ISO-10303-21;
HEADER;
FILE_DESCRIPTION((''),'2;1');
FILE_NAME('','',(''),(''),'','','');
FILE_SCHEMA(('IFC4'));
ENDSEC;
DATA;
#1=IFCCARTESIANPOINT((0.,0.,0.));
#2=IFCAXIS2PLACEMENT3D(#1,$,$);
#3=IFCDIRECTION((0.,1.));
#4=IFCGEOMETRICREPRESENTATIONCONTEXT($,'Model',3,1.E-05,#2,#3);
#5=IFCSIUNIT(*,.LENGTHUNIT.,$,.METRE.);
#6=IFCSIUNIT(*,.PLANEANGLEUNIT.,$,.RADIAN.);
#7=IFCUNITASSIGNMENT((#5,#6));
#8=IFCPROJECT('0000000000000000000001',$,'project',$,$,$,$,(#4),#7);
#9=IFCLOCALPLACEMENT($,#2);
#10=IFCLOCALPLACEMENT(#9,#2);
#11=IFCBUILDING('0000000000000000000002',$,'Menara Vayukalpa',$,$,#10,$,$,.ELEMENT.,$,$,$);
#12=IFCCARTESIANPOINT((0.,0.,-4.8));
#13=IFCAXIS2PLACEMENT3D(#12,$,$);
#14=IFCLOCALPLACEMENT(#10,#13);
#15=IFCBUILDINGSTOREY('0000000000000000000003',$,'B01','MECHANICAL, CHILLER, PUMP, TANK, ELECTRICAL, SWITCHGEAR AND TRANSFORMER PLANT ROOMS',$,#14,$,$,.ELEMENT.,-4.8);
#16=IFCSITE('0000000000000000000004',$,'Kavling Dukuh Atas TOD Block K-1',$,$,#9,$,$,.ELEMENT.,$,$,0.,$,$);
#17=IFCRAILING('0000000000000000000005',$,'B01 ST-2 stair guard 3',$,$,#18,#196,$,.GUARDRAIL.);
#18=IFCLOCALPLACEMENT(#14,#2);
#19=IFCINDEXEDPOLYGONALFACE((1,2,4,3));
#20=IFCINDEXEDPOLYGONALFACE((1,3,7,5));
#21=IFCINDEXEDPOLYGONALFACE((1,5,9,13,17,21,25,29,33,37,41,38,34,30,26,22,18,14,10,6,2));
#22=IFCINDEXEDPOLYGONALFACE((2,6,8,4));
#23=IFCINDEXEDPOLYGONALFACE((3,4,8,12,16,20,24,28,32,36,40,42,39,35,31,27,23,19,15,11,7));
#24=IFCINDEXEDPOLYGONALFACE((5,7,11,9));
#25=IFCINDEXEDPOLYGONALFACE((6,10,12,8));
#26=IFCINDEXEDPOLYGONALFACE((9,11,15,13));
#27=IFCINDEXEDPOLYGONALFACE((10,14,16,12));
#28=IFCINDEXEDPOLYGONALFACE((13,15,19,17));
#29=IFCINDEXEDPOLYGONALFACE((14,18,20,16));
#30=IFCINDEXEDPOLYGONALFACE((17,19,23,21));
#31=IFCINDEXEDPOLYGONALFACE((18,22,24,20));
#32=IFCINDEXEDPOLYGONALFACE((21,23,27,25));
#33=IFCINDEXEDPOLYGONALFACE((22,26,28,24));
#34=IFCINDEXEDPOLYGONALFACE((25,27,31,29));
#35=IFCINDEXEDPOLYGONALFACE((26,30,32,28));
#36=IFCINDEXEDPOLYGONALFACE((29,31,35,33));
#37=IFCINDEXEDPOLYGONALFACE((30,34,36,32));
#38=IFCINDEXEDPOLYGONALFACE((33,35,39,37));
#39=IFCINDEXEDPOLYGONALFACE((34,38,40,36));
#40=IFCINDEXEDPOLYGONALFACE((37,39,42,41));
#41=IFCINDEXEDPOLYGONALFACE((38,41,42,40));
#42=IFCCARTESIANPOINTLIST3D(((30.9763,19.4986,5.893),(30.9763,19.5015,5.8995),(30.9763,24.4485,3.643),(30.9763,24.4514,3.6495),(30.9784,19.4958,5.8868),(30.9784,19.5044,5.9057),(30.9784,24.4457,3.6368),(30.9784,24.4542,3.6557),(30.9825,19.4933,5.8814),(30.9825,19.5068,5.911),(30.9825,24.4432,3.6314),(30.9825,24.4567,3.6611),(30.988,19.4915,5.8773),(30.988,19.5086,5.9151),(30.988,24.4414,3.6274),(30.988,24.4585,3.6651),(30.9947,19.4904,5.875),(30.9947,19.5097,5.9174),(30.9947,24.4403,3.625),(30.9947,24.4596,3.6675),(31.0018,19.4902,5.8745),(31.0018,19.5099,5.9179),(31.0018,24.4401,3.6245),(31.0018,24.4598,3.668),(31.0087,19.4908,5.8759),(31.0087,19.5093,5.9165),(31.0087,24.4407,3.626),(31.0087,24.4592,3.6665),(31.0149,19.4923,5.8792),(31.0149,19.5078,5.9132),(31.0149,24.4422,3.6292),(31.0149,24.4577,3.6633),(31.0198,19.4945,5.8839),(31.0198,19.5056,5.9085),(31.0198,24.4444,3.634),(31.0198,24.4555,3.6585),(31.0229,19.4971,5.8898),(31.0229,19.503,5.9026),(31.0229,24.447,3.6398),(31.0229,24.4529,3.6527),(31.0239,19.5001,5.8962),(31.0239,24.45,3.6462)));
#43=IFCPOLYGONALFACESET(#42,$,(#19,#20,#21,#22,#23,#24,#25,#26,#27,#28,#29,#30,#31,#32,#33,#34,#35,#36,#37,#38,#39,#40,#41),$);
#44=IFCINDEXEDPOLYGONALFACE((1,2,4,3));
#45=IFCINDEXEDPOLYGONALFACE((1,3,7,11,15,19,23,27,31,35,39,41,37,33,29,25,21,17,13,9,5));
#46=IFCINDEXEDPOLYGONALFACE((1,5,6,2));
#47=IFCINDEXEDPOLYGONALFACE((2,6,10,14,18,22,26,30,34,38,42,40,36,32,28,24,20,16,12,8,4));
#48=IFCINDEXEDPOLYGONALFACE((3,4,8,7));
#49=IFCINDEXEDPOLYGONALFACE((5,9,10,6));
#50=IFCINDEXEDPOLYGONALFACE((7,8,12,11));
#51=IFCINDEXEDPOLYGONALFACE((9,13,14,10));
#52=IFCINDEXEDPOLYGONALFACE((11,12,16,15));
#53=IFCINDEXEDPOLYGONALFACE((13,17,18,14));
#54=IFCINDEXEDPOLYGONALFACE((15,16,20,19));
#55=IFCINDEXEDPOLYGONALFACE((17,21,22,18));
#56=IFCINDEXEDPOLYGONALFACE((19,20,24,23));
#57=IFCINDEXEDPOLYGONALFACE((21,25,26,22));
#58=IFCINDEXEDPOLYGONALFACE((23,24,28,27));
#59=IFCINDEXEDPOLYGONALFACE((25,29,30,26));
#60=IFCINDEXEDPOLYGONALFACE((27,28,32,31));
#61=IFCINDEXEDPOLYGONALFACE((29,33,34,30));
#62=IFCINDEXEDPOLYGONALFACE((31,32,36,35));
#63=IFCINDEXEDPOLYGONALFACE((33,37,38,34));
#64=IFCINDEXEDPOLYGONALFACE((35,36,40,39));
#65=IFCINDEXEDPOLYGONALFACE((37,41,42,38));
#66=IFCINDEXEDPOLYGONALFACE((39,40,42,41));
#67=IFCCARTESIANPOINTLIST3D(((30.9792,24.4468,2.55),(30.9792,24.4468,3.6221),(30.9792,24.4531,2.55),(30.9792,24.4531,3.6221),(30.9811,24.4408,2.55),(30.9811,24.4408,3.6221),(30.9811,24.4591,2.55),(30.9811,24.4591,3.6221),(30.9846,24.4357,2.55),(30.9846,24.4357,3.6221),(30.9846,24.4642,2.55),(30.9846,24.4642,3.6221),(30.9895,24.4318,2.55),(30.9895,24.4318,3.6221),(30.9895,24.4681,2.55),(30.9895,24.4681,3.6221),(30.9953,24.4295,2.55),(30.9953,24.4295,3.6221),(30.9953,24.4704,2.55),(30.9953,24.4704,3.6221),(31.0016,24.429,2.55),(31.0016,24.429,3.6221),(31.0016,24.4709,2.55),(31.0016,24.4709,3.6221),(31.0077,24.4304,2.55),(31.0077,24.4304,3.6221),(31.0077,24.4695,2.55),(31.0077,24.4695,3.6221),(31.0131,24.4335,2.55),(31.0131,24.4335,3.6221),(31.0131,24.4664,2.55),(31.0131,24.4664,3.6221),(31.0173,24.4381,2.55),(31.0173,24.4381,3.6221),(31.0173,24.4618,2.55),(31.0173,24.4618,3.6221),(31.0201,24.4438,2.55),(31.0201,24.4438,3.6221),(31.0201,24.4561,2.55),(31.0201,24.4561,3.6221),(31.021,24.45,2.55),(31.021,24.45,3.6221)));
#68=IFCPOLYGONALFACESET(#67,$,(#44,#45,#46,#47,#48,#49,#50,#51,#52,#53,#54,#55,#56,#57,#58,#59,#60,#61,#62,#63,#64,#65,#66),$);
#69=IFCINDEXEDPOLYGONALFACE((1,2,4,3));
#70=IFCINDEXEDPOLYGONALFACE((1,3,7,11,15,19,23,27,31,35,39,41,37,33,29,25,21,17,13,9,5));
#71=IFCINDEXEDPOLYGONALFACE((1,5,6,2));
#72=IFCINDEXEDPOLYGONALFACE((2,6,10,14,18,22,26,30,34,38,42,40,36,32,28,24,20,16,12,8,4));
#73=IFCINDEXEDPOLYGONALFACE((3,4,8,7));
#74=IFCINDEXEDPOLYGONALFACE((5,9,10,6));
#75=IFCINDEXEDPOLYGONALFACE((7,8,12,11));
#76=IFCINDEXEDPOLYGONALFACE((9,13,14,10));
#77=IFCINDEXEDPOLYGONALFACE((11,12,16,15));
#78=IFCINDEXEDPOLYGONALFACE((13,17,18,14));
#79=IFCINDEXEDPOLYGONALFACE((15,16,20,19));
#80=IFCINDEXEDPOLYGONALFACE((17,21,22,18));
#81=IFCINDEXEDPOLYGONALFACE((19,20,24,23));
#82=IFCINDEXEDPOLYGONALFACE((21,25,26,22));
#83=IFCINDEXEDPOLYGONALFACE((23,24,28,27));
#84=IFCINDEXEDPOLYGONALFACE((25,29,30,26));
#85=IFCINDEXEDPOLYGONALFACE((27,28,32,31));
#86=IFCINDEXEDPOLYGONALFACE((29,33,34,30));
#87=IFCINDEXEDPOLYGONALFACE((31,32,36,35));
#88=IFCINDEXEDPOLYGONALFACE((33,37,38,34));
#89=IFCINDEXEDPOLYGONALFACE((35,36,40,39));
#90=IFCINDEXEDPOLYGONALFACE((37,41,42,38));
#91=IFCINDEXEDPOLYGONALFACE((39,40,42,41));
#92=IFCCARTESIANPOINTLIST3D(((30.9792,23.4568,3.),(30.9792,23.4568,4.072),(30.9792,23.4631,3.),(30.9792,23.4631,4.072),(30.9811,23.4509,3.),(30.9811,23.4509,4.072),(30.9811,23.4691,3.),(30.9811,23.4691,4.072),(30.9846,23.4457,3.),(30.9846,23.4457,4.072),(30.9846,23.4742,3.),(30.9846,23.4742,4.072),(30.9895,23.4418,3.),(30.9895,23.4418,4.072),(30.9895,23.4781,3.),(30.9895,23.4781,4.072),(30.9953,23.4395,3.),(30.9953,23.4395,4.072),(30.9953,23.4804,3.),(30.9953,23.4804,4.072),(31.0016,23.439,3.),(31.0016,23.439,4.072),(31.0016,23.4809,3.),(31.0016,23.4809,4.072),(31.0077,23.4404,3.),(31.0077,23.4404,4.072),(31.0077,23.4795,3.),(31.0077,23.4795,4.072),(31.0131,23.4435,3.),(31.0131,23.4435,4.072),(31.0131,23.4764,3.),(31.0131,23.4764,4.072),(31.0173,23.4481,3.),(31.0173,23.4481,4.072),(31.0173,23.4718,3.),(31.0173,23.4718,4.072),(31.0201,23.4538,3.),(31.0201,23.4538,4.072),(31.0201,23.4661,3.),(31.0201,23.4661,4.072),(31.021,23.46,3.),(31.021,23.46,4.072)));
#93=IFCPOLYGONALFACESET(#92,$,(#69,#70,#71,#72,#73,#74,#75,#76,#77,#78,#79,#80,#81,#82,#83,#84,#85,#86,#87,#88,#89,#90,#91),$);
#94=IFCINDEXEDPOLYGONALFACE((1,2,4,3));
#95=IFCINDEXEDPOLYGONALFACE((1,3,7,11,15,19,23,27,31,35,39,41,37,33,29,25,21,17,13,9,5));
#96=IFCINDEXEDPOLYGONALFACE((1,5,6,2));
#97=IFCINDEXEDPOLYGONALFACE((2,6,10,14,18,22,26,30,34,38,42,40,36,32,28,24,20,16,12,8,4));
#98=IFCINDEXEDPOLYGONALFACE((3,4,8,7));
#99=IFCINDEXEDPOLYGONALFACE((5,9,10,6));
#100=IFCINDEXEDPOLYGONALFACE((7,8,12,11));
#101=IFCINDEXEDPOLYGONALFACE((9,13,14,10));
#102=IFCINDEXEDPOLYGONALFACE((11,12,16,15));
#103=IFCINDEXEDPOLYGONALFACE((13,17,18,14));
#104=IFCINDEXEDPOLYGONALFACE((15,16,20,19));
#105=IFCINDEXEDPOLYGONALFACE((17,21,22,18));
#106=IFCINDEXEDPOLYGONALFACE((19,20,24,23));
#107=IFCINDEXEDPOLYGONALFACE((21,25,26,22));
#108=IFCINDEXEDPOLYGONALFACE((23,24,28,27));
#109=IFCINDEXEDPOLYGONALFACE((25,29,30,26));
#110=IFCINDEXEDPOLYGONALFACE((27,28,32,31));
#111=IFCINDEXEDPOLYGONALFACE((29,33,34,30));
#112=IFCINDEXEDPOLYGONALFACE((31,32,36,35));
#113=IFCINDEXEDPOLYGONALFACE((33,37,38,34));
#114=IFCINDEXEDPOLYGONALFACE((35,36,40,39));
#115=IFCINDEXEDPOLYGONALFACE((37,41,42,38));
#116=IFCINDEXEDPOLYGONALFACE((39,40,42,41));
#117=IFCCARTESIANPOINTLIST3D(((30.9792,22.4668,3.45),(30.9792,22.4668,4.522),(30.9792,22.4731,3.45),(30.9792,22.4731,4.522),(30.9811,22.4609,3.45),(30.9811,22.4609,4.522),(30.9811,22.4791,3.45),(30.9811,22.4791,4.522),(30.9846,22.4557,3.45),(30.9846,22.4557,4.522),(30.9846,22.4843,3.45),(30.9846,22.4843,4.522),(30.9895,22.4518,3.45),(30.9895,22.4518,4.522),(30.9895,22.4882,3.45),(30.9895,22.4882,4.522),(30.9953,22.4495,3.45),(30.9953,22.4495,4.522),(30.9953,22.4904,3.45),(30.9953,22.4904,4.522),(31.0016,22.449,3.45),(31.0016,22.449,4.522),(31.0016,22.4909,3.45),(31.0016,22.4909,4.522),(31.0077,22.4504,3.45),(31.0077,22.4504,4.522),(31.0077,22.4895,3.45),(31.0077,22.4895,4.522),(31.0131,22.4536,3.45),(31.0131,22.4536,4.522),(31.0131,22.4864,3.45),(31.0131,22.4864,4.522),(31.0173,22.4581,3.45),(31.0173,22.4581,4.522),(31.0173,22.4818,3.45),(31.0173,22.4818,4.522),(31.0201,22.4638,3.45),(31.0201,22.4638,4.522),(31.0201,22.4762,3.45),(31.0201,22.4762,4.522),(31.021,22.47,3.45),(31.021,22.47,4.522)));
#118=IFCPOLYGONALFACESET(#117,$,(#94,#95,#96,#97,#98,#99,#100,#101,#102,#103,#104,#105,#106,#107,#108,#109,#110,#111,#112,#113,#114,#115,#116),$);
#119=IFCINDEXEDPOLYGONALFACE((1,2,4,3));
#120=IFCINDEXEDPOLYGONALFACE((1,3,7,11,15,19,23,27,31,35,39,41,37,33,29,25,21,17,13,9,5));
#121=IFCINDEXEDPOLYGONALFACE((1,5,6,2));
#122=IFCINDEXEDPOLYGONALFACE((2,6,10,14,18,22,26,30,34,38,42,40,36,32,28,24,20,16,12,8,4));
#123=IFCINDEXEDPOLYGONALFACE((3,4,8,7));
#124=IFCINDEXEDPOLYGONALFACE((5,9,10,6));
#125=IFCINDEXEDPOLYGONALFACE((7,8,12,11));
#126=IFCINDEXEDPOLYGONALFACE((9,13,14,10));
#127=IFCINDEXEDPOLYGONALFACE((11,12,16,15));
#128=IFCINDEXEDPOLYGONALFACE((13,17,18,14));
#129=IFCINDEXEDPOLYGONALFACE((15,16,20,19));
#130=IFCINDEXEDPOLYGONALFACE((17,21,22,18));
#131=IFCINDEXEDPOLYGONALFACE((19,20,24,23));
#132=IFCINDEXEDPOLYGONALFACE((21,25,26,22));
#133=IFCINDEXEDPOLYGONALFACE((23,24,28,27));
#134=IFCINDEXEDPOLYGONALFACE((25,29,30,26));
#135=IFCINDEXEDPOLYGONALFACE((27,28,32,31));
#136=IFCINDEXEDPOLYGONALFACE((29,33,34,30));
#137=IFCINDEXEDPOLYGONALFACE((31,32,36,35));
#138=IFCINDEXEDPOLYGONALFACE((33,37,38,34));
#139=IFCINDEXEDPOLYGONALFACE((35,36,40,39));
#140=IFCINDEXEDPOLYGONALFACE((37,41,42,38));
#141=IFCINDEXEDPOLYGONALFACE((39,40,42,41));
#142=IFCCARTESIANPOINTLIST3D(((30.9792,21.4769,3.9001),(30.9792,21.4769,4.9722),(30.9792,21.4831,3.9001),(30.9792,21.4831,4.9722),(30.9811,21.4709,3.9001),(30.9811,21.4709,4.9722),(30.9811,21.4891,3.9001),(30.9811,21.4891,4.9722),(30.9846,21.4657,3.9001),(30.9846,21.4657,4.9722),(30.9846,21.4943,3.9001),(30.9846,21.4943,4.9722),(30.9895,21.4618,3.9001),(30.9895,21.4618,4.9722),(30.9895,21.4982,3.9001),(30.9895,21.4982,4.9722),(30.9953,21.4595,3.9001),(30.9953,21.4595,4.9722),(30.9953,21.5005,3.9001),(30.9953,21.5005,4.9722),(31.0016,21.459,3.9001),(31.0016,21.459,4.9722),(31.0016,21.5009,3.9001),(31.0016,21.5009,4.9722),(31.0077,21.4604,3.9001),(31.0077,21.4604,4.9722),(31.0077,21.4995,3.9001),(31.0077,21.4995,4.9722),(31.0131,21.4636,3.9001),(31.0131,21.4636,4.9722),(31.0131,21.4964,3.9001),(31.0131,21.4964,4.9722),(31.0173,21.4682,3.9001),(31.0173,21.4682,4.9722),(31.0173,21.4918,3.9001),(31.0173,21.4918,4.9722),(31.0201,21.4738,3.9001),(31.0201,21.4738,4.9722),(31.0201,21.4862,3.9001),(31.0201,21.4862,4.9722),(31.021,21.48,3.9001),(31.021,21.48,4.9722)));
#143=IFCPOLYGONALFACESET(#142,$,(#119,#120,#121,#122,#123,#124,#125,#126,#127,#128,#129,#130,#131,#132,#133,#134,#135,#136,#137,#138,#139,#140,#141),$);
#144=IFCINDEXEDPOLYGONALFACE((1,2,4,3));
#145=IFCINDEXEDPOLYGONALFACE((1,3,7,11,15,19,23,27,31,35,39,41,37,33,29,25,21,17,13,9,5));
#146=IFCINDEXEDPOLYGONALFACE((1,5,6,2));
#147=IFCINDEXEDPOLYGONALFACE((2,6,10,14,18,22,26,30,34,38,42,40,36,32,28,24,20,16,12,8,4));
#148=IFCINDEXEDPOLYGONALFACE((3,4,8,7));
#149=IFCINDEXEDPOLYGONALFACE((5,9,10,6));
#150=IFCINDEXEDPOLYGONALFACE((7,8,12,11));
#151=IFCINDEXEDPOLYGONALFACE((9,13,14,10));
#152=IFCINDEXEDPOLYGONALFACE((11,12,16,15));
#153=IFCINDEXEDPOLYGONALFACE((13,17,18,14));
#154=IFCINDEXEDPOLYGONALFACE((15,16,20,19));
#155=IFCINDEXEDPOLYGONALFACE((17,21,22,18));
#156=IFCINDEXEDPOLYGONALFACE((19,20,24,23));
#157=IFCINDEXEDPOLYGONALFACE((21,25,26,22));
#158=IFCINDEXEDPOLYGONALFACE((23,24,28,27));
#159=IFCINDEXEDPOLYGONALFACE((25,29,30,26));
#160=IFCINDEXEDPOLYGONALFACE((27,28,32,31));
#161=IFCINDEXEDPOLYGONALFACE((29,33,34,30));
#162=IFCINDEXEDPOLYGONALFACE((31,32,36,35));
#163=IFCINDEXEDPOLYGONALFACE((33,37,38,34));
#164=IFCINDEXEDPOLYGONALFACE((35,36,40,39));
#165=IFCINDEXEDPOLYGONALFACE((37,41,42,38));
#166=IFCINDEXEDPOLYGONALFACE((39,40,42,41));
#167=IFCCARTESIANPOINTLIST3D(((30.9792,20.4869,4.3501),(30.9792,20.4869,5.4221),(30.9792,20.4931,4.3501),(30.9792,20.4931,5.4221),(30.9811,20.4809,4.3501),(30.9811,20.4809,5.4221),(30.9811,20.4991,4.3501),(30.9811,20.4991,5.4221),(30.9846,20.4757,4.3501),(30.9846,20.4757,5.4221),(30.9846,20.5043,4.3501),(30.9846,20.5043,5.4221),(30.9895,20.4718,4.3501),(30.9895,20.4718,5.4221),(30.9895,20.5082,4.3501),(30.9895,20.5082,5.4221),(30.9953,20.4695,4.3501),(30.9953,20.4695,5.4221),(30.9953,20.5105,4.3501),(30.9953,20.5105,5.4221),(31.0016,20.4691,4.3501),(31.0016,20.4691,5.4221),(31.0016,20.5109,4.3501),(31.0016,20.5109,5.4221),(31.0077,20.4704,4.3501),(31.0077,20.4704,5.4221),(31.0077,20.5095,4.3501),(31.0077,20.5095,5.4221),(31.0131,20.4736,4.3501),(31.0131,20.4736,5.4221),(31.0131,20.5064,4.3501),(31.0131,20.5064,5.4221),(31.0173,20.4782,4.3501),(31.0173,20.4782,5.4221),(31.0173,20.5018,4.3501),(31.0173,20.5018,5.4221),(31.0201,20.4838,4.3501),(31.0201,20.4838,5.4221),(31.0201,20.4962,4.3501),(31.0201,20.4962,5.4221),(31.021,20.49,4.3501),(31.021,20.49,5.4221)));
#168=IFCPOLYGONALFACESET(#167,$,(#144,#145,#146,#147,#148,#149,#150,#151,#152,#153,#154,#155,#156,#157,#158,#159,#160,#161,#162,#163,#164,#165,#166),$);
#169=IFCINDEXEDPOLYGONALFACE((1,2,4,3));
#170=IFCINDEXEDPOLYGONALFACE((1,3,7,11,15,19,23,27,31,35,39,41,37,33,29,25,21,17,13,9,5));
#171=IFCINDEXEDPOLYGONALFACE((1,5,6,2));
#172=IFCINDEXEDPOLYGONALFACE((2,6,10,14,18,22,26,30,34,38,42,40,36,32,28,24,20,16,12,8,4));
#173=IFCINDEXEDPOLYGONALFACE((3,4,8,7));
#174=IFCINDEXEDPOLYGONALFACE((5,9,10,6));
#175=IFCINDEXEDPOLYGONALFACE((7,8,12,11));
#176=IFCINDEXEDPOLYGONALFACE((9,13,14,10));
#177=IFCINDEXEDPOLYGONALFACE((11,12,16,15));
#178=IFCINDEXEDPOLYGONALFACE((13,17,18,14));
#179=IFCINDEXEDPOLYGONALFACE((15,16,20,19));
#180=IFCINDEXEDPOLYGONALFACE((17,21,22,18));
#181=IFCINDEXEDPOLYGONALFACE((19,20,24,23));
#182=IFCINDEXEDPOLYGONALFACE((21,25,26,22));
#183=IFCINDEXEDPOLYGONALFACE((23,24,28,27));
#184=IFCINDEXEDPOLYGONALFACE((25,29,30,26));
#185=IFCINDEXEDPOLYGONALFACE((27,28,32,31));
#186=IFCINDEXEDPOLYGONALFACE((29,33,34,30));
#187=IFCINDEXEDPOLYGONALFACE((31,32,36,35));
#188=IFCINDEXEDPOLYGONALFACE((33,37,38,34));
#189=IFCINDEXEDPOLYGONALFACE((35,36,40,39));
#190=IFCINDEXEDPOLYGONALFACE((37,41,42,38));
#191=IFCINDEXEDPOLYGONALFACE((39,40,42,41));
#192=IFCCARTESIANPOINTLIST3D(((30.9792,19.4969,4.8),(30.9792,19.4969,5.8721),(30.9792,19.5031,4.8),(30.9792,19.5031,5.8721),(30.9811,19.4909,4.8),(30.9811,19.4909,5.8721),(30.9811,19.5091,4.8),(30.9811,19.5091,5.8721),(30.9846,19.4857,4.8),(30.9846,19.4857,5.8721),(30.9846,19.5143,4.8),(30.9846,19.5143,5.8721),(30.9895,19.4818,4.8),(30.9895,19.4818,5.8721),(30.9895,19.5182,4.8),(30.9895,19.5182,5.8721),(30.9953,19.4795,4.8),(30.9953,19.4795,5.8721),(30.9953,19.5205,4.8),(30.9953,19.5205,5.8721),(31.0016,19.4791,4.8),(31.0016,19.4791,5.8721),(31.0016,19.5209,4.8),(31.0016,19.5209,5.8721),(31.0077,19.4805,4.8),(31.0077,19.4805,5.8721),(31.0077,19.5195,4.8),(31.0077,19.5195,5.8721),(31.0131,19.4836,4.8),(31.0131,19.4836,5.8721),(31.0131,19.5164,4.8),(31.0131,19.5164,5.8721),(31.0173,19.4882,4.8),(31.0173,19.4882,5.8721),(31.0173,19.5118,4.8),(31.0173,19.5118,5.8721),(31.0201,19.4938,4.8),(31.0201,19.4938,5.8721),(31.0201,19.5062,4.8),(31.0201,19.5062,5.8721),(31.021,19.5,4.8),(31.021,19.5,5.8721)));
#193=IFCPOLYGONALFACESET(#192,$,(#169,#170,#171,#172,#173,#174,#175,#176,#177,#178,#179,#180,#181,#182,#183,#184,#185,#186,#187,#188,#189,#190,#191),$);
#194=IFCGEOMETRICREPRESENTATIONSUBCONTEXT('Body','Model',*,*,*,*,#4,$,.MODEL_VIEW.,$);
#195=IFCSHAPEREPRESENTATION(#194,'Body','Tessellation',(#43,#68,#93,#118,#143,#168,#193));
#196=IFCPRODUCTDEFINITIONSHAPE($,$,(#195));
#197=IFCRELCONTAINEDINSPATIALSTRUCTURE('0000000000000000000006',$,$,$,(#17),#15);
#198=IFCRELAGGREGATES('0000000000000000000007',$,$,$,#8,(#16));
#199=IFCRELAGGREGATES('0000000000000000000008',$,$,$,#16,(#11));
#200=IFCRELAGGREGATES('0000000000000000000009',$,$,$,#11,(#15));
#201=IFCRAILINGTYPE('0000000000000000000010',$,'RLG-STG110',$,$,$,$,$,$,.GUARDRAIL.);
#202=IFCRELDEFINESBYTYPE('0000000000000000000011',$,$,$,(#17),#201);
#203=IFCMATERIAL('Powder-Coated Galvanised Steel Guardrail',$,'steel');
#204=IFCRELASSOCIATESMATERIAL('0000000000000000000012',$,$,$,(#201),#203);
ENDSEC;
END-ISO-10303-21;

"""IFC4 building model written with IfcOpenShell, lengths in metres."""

from ifc_helpers import new_model, si_unit, direction, frame, origin, origin_2d, place, context, subcontext, project, spatial, circle, extrude, material, type_object, element, save


model = new_model("IFC4")

# Units and contexts
model_context = context("Model", 3, precision=1e-05, world=origin(), true_north=direction((0.0, 1.0)))
body_context = subcontext(model_context, "Body", "Model", "MODEL_VIEW")
ifc_project = project(units=[si_unit("LENGTHUNIT", "METRE"), si_unit("PLANEANGLEUNIT", "RADIAN")], contexts=[model_context])

# Site, building, storey
site_placement = place(None, origin())
site = spatial("IfcSite", under=ifc_project, at=site_placement, Name="Kavling Dukuh Atas TOD Block K-1", CompositionType="ELEMENT", RefElevation=0.0)
building_placement = place(site_placement, origin())
building = spatial("IfcBuilding", under=site, at=building_placement, Name="Menara Vayukalpa", CompositionType="ELEMENT")
storey_placement = place(building_placement, frame((0.0, 0.0, -4.8)))
storey = spatial("IfcBuildingStorey", under=building, at=storey_placement, Name="B01", Description="MECHANICAL, CHILLER, PUMP, TANK, ELECTRICAL, SWITCHGEAR AND TRANSFORMER PLANT ROOMS", CompositionType="ELEMENT", Elevation=-4.8)

# Railing
ifc_material_1 = material(Name="Powder-Coated Galvanised Steel Guardrail", Category="steel")
railing_type_1 = type_object("IfcRailingType", Name="RLG-STG110", PredefinedType="GUARDRAIL", material=ifc_material_1)
railing_1_placement = place(storey_placement, frame((31.0, 24.45, 2.55)))
element("IfcRailing", 1, at=railing_1_placement, inside=storey, type_object=railing_type_1, Name="B01 ST-2 stair guard 3", PredefinedType="GUARDRAIL", context=body_context, shape_type="SweptSolid", body=[
    extrude(circle(Radius=0.0239, at=origin_2d()), frame((0.0, 0.0, 1.0962), z_axis=(0.0, -0.910365, 0.413806), x_axis=(1.0, 0.0, 0.0)), (0.0, 0.0, 1.0), 5.4373),
    extrude(circle(Radius=0.021, at=origin_2d()), origin(), (0.0, 0.0, 1.0), 1.072),
    extrude(circle(Radius=0.021, at=origin_2d()), frame((0.0, -0.99, 0.45)), (0.0, 0.0, 1.0), 1.072),
    extrude(circle(Radius=0.021, at=origin_2d()), frame((0.0, -1.98, 0.8999)), (0.0, 0.0, 1.0), 1.072),
    extrude(circle(Radius=0.021, at=origin_2d()), frame((0.0, -2.97, 1.3501)), (0.0, 0.0, 1.0), 1.072),
    extrude(circle(Radius=0.021, at=origin_2d()), frame((0.0, -3.96, 1.8)), (0.0, 0.0, 1.0), 1.072),
    extrude(circle(Radius=0.021, at=origin_2d()), frame((0.0, -4.95, 2.25)), (0.0, 0.0, 1.0), 1.072),
])

save(model, "model.ifc")
